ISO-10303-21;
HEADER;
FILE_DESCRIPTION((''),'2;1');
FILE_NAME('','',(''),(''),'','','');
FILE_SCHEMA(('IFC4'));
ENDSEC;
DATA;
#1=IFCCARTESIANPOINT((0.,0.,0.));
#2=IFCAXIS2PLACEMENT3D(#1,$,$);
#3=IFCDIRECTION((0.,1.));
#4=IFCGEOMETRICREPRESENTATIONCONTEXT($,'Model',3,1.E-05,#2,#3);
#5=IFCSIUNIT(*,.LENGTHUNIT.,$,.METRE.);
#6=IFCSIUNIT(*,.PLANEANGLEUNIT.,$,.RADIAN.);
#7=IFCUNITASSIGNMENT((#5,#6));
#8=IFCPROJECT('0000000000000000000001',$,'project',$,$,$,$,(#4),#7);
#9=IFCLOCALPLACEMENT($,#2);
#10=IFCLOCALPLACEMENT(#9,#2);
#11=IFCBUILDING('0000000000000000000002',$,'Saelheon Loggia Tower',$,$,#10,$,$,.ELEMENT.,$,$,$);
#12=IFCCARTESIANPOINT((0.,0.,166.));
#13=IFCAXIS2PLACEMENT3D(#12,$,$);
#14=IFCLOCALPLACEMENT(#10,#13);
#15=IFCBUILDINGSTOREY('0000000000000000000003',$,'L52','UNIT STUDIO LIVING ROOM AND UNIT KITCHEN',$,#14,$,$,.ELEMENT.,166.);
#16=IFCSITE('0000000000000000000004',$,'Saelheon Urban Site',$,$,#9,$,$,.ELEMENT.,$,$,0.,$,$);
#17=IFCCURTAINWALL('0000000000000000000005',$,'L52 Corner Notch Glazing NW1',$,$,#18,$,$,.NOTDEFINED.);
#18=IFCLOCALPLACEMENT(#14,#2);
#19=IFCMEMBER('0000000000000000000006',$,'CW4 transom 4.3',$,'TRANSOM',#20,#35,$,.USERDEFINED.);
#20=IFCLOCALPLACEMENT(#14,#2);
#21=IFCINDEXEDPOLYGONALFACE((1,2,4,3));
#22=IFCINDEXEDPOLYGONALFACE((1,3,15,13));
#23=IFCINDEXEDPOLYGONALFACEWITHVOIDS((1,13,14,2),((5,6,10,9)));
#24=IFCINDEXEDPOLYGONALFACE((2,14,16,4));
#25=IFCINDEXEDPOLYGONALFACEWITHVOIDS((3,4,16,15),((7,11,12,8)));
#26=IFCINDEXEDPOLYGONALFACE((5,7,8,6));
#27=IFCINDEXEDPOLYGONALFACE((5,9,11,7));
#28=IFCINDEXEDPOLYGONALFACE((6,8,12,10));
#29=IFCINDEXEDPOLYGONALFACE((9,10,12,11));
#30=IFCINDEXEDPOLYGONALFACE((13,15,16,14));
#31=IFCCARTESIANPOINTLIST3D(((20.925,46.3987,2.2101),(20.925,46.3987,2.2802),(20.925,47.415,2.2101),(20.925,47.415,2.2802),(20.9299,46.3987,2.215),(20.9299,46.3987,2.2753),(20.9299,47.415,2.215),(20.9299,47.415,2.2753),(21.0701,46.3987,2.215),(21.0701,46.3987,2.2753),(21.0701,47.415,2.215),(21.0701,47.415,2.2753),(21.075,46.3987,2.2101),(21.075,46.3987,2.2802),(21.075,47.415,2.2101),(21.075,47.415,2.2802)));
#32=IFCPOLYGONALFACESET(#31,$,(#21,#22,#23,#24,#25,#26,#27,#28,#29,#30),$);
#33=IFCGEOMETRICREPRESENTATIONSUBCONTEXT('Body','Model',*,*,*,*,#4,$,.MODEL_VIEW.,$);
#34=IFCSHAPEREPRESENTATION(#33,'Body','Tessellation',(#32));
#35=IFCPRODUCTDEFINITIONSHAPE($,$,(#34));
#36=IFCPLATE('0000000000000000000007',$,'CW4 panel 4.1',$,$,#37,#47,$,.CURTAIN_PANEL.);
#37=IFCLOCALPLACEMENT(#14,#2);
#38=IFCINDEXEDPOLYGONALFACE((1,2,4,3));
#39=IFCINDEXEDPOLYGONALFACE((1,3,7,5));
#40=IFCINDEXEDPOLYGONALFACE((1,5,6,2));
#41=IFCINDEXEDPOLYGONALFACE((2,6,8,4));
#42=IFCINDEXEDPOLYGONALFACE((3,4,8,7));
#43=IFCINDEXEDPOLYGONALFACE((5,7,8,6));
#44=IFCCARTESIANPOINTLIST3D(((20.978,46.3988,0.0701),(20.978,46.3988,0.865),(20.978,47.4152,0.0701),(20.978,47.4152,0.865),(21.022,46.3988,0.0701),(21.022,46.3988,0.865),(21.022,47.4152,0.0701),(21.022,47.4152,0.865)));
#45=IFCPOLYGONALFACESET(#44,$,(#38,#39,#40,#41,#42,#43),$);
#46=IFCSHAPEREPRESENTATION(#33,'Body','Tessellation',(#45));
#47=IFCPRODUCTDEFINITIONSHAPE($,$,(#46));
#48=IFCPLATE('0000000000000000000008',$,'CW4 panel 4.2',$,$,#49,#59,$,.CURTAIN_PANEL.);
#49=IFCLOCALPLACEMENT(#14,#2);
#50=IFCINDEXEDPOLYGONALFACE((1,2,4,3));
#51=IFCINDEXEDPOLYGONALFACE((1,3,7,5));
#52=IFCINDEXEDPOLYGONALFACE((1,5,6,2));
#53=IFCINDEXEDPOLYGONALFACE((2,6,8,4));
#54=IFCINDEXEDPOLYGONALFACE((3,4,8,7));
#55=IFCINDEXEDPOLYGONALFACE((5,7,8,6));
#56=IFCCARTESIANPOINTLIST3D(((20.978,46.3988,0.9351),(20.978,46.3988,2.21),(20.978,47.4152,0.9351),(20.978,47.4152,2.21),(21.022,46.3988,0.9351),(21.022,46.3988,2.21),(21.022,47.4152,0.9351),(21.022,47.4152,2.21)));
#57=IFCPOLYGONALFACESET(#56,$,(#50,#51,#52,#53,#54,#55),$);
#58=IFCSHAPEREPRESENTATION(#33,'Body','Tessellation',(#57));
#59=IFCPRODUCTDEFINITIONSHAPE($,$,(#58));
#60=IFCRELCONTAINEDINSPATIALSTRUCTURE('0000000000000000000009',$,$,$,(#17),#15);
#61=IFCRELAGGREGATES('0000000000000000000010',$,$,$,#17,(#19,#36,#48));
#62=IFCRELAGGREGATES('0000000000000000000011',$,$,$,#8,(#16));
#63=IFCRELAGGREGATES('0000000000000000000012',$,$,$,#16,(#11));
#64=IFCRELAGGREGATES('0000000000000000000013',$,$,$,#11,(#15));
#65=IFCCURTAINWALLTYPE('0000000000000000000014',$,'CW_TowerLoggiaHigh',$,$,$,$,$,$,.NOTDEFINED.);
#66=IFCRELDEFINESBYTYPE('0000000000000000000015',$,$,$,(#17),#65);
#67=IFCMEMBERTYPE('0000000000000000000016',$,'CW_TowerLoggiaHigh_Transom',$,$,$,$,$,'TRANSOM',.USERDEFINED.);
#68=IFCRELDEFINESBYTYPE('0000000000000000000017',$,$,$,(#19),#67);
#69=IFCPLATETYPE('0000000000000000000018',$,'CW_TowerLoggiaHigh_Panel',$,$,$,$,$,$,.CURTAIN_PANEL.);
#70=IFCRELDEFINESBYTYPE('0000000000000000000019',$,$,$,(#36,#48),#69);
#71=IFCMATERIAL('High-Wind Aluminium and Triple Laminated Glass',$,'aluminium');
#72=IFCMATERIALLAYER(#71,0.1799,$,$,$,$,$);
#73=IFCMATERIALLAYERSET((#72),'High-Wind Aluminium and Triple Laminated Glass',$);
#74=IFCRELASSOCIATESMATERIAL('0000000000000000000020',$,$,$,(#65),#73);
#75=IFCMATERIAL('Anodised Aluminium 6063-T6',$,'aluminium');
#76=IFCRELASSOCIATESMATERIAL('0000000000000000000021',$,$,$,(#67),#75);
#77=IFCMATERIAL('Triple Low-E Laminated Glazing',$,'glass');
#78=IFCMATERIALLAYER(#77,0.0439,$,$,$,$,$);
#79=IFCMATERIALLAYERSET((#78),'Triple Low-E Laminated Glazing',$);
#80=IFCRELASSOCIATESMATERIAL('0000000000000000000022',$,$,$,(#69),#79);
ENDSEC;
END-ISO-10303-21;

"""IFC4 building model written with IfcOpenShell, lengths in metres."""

from ifc_helpers import new_model, si_unit, direction, frame, origin, origin_2d, place, context, subcontext, project, spatial, rectangle, hollow_rectangle, extrude, source, transform, mapped, material, layer, layer_set, material_profile, profile_set, type_object, element, aggregate, save


model = new_model("IFC4")

# Units and contexts
model_context = context("Model", 3, precision=1e-05, world=origin(), true_north=direction((0.0, 1.0)))
body_context = subcontext(model_context, "Body", "Model", "MODEL_VIEW")
ifc_project = project(units=[si_unit("LENGTHUNIT", "METRE"), si_unit("PLANEANGLEUNIT", "RADIAN")], contexts=[model_context])

# Site, building, storey
site_placement = place(None, origin())
site = spatial("IfcSite", under=ifc_project, at=site_placement, Name="Saelheon Urban Site", CompositionType="ELEMENT", RefElevation=0.0)
building_placement = place(site_placement, origin())
building = spatial("IfcBuilding", under=site, at=building_placement, Name="Saelheon Loggia Tower", CompositionType="ELEMENT")
storey_placement = place(building_placement, frame((0.0, 0.0, 166.0)))
storey = spatial("IfcBuildingStorey", under=building, at=storey_placement, Name="L52", Description="UNIT STUDIO LIVING ROOM AND UNIT KITCHEN", CompositionType="ELEMENT", Elevation=166.0)

# Curtain wall, member, plates
ifc_material_1 = material(Name="High-Wind Aluminium and Triple Laminated Glass", Category="aluminium")
ifc_layer_1 = layer(ifc_material_1, 0.1799)
ifc_layer_set_1 = layer_set([ifc_layer_1], Name="High-Wind Aluminium and Triple Laminated Glass")
curtain_wall_type = type_object("IfcCurtainWallType", Name="CW_TowerLoggiaHigh", PredefinedType="NOTDEFINED", material=ifc_layer_set_1)
curtain_wall_placement = place(storey_placement, origin())
curtain_wall = element("IfcCurtainWall", 1, at=curtain_wall_placement, inside=storey, type_object=curtain_wall_type, Name="L52 Corner Notch Glazing NW1", PredefinedType="NOTDEFINED")
ifc_material_2 = material(Name="Anodised Aluminium 6063-T6", Category="aluminium")
ifc_material_profile_1 = material_profile(ifc_material_2, hollow_rectangle(XDim=0.0701, YDim=0.1499, WallThickness=0.0049, at=origin_2d()), Name="RHS-150x70x5")
ifc_profile_set_1 = profile_set([ifc_material_profile_1], Name="Anodised Aluminium 6063-T6")
member_type_1 = type_object("IfcMemberType", Name="CW_TowerLoggiaHigh_Transom", ElementType="TRANSOM", PredefinedType="USERDEFINED", material=ifc_profile_set_1)
shared_shape_1 = source(origin(), body_context, "Body", "SweptSolid", [
    extrude(hollow_rectangle(XDim=0.0701, YDim=0.1499, WallThickness=0.0049, at=origin_2d()), origin(), (0.0, 0.0, 1.0), 1.0164),
])
member_1_placement = place(storey_placement, frame((21.0, 46.3987, 2.2451), z_axis=(0.0, 1.0, 0.0), x_axis=(0.0, 0.0, 1.0)))
member_1 = element("IfcMember", 2, at=member_1_placement, type_object=member_type_1, Name="CW4 transom 4.3", ObjectType="TRANSOM", PredefinedType="USERDEFINED", context=body_context, shape_type="MappedRepresentation", body=[
    mapped(shared_shape_1, transform((0.0, 0.0, 0.0), scale=1.0)),
])
ifc_material_3 = material(Name="Triple Low-E Laminated Glazing", Category="glass")
ifc_layer_2 = layer(ifc_material_3, 0.0439)
ifc_layer_set_2 = layer_set([ifc_layer_2], Name="Triple Low-E Laminated Glazing")
plate_type = type_object("IfcPlateType", Name="CW_TowerLoggiaHigh_Panel", PredefinedType="CURTAIN_PANEL", material=ifc_layer_set_2)
shared_shape_2 = source(origin(), body_context, "Body", "SweptSolid", [
    extrude(rectangle(XDim=1.0164, YDim=0.0439, at=origin_2d()), origin(), (0.0, 0.0, 1.0), 0.7949),
])
plate_1_placement = place(storey_placement, frame((21.0, 46.907, 0.0701), z_axis=(0.0, 0.0, 1.0), x_axis=(0.0, 1.0, 0.0)))
plate_1 = element("IfcPlate", 3, at=plate_1_placement, type_object=plate_type, Name="CW4 panel 4.1", PredefinedType="CURTAIN_PANEL", context=body_context, shape_type="MappedRepresentation", body=[
    mapped(shared_shape_2, transform((0.0, 0.0, 0.0), scale=1.0)),
])
shared_shape_3 = source(origin(), body_context, "Body", "SweptSolid", [
    extrude(rectangle(XDim=1.0164, YDim=0.0439, at=origin_2d()), origin(), (0.0, 0.0, 1.0), 1.2749),
])
plate_2_placement = place(storey_placement, frame((21.0, 46.907, 0.9351), z_axis=(0.0, 0.0, 1.0), x_axis=(0.0, 1.0, 0.0)))
plate_2 = element("IfcPlate", 4, at=plate_2_placement, type_object=plate_type, Name="CW4 panel 4.2", PredefinedType="CURTAIN_PANEL", context=body_context, shape_type="MappedRepresentation", body=[
    mapped(shared_shape_3, transform((0.0, 0.0, 0.0), scale=1.0)),
])
aggregate(curtain_wall, [member_1, plate_1, plate_2])

save(model, "model.ifc")
